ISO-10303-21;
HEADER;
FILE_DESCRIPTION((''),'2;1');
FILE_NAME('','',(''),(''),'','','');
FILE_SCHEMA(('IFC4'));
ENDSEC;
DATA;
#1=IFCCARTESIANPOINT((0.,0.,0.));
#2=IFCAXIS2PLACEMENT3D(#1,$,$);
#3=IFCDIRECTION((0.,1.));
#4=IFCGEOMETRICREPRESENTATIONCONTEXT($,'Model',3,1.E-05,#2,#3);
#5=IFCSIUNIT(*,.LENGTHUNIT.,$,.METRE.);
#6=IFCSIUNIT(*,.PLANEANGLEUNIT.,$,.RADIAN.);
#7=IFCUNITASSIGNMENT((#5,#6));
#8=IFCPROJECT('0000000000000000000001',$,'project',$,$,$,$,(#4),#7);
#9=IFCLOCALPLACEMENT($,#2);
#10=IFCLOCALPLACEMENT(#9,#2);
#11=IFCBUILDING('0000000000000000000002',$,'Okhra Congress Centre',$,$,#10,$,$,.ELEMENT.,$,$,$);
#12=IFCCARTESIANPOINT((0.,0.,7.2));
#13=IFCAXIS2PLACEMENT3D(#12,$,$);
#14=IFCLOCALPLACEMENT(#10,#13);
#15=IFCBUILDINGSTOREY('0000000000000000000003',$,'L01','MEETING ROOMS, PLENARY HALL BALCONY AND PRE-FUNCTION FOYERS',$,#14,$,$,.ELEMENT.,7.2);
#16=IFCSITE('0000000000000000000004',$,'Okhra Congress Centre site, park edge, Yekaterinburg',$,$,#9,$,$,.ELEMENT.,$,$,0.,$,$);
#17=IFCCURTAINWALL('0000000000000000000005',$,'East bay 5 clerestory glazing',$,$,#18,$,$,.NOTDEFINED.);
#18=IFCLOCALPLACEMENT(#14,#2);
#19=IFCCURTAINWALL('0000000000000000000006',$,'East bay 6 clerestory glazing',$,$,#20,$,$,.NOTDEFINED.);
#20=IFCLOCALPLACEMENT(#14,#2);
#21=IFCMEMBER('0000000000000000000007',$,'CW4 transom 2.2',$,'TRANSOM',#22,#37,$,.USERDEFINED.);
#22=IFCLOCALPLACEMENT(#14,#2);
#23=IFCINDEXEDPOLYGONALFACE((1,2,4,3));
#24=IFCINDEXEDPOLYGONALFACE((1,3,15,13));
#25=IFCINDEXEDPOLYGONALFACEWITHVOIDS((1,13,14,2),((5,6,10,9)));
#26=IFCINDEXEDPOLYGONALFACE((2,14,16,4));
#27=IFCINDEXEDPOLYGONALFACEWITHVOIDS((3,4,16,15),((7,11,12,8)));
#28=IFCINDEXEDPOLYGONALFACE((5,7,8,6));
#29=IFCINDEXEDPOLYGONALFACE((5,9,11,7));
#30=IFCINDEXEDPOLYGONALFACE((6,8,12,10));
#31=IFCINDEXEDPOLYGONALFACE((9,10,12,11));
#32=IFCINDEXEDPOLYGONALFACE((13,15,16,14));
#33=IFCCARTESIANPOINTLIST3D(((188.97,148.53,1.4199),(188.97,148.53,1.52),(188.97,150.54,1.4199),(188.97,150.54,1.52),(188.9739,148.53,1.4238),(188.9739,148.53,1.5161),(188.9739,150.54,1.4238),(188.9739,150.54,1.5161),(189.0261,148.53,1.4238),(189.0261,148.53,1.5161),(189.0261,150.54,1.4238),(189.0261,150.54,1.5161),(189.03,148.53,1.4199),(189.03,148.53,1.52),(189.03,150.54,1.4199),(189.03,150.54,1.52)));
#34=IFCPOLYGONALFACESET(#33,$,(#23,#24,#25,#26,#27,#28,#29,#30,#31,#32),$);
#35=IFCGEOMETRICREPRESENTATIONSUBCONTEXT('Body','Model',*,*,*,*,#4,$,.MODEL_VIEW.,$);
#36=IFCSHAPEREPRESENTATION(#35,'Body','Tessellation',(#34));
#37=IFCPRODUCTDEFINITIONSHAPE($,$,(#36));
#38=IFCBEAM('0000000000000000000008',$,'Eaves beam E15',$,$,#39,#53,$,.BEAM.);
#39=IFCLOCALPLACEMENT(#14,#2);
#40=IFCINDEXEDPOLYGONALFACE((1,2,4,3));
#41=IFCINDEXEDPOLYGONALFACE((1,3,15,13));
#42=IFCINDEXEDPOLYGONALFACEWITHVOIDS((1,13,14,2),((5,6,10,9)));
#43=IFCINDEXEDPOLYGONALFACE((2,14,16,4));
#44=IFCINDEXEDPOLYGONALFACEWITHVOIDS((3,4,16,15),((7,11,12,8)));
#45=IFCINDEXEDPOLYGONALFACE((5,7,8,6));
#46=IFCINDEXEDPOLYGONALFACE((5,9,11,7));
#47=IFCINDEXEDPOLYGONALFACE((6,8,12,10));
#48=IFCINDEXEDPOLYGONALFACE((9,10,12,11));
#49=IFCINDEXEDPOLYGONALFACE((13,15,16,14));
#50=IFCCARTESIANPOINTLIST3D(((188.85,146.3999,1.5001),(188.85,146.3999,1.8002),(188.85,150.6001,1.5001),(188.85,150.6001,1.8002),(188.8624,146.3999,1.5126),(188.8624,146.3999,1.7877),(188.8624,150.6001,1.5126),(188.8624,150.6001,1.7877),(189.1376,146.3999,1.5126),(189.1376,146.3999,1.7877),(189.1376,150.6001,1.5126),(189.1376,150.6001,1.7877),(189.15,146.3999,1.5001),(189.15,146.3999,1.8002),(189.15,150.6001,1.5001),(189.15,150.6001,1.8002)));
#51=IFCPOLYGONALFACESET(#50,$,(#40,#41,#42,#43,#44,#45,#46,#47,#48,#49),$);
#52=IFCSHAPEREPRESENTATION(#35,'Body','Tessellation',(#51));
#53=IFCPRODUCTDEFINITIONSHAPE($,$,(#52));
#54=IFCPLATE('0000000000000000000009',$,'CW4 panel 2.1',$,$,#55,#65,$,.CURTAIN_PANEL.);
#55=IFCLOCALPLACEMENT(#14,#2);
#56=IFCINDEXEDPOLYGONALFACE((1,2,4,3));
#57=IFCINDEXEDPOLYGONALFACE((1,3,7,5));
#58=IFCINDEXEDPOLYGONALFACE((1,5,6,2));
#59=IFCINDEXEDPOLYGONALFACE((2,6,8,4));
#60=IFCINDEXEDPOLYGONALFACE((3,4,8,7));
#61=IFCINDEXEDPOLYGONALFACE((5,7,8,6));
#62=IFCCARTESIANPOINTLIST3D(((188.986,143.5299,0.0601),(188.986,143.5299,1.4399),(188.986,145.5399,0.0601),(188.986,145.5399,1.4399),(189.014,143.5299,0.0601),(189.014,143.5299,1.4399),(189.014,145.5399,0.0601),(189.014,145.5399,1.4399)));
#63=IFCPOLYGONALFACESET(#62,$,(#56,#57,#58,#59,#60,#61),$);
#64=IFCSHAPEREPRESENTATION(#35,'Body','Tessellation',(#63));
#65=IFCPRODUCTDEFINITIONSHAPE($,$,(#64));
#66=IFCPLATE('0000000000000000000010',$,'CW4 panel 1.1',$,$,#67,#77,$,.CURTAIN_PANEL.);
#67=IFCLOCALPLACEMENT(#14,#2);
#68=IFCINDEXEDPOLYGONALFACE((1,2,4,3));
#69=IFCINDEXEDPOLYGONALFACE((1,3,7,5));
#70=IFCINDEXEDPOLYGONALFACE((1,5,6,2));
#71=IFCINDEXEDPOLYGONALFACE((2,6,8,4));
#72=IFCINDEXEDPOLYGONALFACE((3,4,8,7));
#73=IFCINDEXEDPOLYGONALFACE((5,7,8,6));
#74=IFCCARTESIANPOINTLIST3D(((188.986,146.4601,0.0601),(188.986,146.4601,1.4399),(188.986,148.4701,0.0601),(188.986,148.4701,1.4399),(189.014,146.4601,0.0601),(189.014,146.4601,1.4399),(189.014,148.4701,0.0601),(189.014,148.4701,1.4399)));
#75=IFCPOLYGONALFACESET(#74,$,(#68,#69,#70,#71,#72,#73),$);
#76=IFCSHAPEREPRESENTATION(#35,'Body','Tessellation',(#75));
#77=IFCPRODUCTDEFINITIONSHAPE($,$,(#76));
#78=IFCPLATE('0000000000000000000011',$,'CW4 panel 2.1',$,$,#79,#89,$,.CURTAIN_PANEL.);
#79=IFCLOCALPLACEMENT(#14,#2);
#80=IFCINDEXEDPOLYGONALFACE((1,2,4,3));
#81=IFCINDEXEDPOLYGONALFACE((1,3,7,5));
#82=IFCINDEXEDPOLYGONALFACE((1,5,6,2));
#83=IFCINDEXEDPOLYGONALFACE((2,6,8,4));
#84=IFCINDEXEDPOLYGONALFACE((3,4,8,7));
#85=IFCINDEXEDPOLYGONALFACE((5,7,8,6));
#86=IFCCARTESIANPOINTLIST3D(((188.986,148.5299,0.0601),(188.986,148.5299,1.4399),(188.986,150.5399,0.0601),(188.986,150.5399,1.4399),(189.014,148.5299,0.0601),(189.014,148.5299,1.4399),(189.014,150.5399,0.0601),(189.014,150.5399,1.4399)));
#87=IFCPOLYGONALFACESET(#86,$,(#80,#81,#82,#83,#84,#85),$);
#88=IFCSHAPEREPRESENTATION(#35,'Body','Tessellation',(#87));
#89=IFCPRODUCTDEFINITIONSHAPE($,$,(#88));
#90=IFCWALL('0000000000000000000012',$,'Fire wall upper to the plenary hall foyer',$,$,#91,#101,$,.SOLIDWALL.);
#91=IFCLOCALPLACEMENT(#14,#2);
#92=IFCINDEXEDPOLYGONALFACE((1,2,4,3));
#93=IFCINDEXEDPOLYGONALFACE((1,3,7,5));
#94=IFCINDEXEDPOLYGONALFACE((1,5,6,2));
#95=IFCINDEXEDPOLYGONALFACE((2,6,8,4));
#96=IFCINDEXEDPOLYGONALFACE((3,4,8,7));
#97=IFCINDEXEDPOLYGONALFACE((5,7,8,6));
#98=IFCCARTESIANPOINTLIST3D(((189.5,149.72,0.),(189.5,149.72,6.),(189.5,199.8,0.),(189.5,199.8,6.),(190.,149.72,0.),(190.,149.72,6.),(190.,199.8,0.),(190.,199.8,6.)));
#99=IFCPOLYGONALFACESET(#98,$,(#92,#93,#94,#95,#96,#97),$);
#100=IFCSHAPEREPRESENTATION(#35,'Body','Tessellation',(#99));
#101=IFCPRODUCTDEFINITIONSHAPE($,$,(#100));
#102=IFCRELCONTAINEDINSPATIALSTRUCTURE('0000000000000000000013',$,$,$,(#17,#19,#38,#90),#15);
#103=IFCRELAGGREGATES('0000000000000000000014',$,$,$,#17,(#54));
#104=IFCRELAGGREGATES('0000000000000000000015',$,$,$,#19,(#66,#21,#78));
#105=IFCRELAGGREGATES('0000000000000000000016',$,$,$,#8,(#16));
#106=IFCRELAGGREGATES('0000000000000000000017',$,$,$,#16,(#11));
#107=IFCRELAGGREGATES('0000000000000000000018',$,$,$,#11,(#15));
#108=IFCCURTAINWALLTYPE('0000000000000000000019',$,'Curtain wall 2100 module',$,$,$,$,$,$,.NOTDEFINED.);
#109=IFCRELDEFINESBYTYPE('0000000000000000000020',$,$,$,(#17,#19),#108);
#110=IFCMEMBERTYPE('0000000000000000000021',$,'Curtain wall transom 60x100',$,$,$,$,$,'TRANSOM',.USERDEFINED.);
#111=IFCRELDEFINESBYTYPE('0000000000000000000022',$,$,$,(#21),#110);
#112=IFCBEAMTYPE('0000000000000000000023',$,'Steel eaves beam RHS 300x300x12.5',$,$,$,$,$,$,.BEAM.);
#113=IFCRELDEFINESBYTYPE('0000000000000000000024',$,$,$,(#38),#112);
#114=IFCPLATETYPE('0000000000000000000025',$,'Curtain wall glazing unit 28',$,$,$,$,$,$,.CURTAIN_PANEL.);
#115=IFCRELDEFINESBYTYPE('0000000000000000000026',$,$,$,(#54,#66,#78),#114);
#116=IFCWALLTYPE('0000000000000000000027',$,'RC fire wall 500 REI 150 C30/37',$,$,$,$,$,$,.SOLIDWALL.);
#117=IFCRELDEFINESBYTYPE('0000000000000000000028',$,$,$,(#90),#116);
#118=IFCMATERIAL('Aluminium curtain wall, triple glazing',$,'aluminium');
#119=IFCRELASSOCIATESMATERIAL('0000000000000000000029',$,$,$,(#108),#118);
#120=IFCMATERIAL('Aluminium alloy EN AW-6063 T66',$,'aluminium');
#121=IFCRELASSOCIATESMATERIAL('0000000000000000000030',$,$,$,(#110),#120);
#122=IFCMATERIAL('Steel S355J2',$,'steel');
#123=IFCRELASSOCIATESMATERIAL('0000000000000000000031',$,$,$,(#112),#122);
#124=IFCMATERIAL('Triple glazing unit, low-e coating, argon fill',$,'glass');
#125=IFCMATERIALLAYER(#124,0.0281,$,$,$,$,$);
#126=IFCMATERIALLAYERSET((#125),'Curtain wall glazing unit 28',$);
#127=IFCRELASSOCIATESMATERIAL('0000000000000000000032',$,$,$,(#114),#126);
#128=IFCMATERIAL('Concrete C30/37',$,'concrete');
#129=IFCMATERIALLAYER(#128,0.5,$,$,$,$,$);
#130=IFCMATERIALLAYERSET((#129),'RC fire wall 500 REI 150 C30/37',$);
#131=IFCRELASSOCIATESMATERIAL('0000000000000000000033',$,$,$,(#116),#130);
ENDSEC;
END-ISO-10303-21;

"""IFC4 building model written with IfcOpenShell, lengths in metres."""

from ifc_helpers import new_model, si_unit, direction, frame, frame_2d, origin, origin_2d, place, context, subcontext, project, spatial, rectangle, hollow_rectangle, extrude, material, layer, layer_set, material_profile, profile_set, type_object, element, aggregate, save


model = new_model("IFC4")

# Units and contexts
model_context = context("Model", 3, precision=1e-05, world=origin(), true_north=direction((0.0, 1.0)))
body_context = subcontext(model_context, "Body", "Model", "MODEL_VIEW")
ifc_project = project(units=[si_unit("LENGTHUNIT", "METRE"), si_unit("PLANEANGLEUNIT", "RADIAN")], contexts=[model_context])

# Site, building, storey
site_placement = place(None, origin())
site = spatial("IfcSite", under=ifc_project, at=site_placement, Name="Okhra Congress Centre site, park edge, Yekaterinburg", CompositionType="ELEMENT", RefElevation=0.0)
building_placement = place(site_placement, origin())
building = spatial("IfcBuilding", under=site, at=building_placement, Name="Okhra Congress Centre", CompositionType="ELEMENT")
storey_placement = place(building_placement, frame((0.0, 0.0, 7.2)))
storey = spatial("IfcBuildingStorey", under=building, at=storey_placement, Name="L01", Description="MEETING ROOMS, PLENARY HALL BALCONY AND PRE-FUNCTION FOYERS", CompositionType="ELEMENT", Elevation=7.2)

# Curtain wall
ifc_material_1 = material(Name="Aluminium curtain wall, triple glazing", Category="aluminium")
curtain_wall_type_1 = type_object("IfcCurtainWallType", Name="Curtain wall 2100 module", PredefinedType="NOTDEFINED", material=ifc_material_1)
curtain_wall_1_placement = place(storey_placement, origin())
curtain_wall_1 = element("IfcCurtainWall", 1, at=curtain_wall_1_placement, inside=storey, type_object=curtain_wall_type_1, Name="East bay 5 clerestory glazing", PredefinedType="NOTDEFINED")
ifc_material_2 = material(Name="Aluminium alloy EN AW-6063 T66", Category="aluminium")

# Curtain wall
curtain_wall_2_placement = place(storey_placement, origin())
curtain_wall_2 = element("IfcCurtainWall", 2, at=curtain_wall_2_placement, inside=storey, type_object=curtain_wall_type_1, Name="East bay 6 clerestory glazing", PredefinedType="NOTDEFINED")

# Member
ifc_material_profile_1 = material_profile(ifc_material_2, hollow_rectangle(XDim=0.0601, YDim=0.1001, WallThickness=0.0039, at=origin_2d()), Name="RHS 60x100x4")
ifc_profile_set_1 = profile_set([ifc_material_profile_1], Name="Aluminium alloy EN AW-6063 T66")
member_type_1 = type_object("IfcMemberType", Name="Curtain wall transom 60x100", ElementType="TRANSOM", PredefinedType="USERDEFINED", material=ifc_profile_set_1)
member_1_placement = place(storey_placement, frame((189.0, 148.53, 1.47), z_axis=(0.0, 1.0, 0.0), x_axis=(-1.0, 0.0, 0.0)))
member_1 = element("IfcMember", 3, at=member_1_placement, type_object=member_type_1, Name="CW4 transom 2.2", ObjectType="TRANSOM", PredefinedType="USERDEFINED", context=body_context, shape_type="SweptSolid", body=[
    extrude(hollow_rectangle(XDim=0.0601, YDim=0.1001, WallThickness=0.0039, at=origin_2d()), origin(), (0.0, 0.0, 1.0), 2.01),
])

# Beam
ifc_material_3 = material(Name="Steel S355J2", Category="steel")
ifc_material_profile_2 = material_profile(ifc_material_3, hollow_rectangle(XDim=0.3, YDim=0.3, WallThickness=0.0125, at=origin_2d()), Name="RHS 300x300x12.5")
ifc_profile_set_2 = profile_set([ifc_material_profile_2], Name="Steel S355J2")
beam_type = type_object("IfcBeamType", Name="Steel eaves beam RHS 300x300x12.5", PredefinedType="BEAM", material=ifc_profile_set_2)
beam_placement = place(storey_placement, frame((189.0, 146.3999, 1.6501), z_axis=(0.0, 1.0, 0.0), x_axis=(-1.0, 0.0, 0.0)))
element("IfcBeam", 4, at=beam_placement, inside=storey, type_object=beam_type, Name="Eaves beam E15", PredefinedType="BEAM", context=body_context, shape_type="SweptSolid", body=[
    extrude(hollow_rectangle(XDim=0.3, YDim=0.3, WallThickness=0.0125, at=origin_2d()), origin(), (0.0, 0.0, 1.0), 4.2002),
])

# Plates
ifc_material_4 = material(Name="Triple glazing unit, low-e coating, argon fill", Category="glass")
ifc_layer_1 = layer(ifc_material_4, 0.0281)
ifc_layer_set_1 = layer_set([ifc_layer_1], Name="Curtain wall glazing unit 28")
plate_type = type_object("IfcPlateType", Name="Curtain wall glazing unit 28", PredefinedType="CURTAIN_PANEL", material=ifc_layer_set_1)
plate_1_placement = place(storey_placement, frame((189.0, 144.5349, 0.0601), z_axis=(0.0, 0.0, 1.0), x_axis=(0.0, 1.0, 0.0)))
plate_1 = element("IfcPlate", 5, at=plate_1_placement, type_object=plate_type, Name="CW4 panel 2.1", PredefinedType="CURTAIN_PANEL", context=body_context, shape_type="SweptSolid", body=[
    extrude(rectangle(XDim=2.01, YDim=0.0281, at=origin_2d()), origin(), (0.0, 0.0, 1.0), 1.3799),
])
aggregate(curtain_wall_1, [plate_1])
plate_2_placement = place(storey_placement, frame((189.0, 147.4651, 0.0601), z_axis=(0.0, 0.0, 1.0), x_axis=(0.0, 1.0, 0.0)))
plate_2 = element("IfcPlate", 6, at=plate_2_placement, type_object=plate_type, Name="CW4 panel 1.1", PredefinedType="CURTAIN_PANEL", context=body_context, shape_type="SweptSolid", body=[
    extrude(rectangle(XDim=2.01, YDim=0.0281, at=origin_2d()), origin(), (0.0, 0.0, 1.0), 1.3799),
])
plate_3_placement = place(storey_placement, frame((189.0, 149.5349, 0.0601), z_axis=(0.0, 0.0, 1.0), x_axis=(0.0, 1.0, 0.0)))
plate_3 = element("IfcPlate", 7, at=plate_3_placement, type_object=plate_type, Name="CW4 panel 2.1", PredefinedType="CURTAIN_PANEL", context=body_context, shape_type="SweptSolid", body=[
    extrude(rectangle(XDim=2.01, YDim=0.0281, at=origin_2d()), origin(), (0.0, 0.0, 1.0), 1.3799),
])
aggregate(curtain_wall_2, [plate_2, member_1, plate_3])

# Wall
ifc_material_5 = material(Name="Concrete C30/37", Category="concrete")
ifc_layer_2 = layer(ifc_material_5, 0.5)
ifc_layer_set_2 = layer_set([ifc_layer_2], Name="RC fire wall 500 REI 150 C30/37")
wall_type_1 = type_object("IfcWallType", Name="RC fire wall 500 REI 150 C30/37", PredefinedType="SOLIDWALL", material=ifc_layer_set_2)
wall_1_placement = place(storey_placement, frame((189.75, 149.72, 0.0), z_axis=(0.0, 0.0, 1.0), x_axis=(0.0, 1.0, 0.0)))
element("IfcWall", 8, at=wall_1_placement, inside=storey, type_object=wall_type_1, Name="Fire wall upper to the plenary hall foyer", PredefinedType="SOLIDWALL", context=body_context, shape_type="SweptSolid", body=[
    extrude(rectangle(XDim=50.0801, YDim=0.5, at=frame_2d((25.04, 0.0))), origin(), (0.0, 0.0, 1.0), 6.0),
])

save(model, "model.ifc")
